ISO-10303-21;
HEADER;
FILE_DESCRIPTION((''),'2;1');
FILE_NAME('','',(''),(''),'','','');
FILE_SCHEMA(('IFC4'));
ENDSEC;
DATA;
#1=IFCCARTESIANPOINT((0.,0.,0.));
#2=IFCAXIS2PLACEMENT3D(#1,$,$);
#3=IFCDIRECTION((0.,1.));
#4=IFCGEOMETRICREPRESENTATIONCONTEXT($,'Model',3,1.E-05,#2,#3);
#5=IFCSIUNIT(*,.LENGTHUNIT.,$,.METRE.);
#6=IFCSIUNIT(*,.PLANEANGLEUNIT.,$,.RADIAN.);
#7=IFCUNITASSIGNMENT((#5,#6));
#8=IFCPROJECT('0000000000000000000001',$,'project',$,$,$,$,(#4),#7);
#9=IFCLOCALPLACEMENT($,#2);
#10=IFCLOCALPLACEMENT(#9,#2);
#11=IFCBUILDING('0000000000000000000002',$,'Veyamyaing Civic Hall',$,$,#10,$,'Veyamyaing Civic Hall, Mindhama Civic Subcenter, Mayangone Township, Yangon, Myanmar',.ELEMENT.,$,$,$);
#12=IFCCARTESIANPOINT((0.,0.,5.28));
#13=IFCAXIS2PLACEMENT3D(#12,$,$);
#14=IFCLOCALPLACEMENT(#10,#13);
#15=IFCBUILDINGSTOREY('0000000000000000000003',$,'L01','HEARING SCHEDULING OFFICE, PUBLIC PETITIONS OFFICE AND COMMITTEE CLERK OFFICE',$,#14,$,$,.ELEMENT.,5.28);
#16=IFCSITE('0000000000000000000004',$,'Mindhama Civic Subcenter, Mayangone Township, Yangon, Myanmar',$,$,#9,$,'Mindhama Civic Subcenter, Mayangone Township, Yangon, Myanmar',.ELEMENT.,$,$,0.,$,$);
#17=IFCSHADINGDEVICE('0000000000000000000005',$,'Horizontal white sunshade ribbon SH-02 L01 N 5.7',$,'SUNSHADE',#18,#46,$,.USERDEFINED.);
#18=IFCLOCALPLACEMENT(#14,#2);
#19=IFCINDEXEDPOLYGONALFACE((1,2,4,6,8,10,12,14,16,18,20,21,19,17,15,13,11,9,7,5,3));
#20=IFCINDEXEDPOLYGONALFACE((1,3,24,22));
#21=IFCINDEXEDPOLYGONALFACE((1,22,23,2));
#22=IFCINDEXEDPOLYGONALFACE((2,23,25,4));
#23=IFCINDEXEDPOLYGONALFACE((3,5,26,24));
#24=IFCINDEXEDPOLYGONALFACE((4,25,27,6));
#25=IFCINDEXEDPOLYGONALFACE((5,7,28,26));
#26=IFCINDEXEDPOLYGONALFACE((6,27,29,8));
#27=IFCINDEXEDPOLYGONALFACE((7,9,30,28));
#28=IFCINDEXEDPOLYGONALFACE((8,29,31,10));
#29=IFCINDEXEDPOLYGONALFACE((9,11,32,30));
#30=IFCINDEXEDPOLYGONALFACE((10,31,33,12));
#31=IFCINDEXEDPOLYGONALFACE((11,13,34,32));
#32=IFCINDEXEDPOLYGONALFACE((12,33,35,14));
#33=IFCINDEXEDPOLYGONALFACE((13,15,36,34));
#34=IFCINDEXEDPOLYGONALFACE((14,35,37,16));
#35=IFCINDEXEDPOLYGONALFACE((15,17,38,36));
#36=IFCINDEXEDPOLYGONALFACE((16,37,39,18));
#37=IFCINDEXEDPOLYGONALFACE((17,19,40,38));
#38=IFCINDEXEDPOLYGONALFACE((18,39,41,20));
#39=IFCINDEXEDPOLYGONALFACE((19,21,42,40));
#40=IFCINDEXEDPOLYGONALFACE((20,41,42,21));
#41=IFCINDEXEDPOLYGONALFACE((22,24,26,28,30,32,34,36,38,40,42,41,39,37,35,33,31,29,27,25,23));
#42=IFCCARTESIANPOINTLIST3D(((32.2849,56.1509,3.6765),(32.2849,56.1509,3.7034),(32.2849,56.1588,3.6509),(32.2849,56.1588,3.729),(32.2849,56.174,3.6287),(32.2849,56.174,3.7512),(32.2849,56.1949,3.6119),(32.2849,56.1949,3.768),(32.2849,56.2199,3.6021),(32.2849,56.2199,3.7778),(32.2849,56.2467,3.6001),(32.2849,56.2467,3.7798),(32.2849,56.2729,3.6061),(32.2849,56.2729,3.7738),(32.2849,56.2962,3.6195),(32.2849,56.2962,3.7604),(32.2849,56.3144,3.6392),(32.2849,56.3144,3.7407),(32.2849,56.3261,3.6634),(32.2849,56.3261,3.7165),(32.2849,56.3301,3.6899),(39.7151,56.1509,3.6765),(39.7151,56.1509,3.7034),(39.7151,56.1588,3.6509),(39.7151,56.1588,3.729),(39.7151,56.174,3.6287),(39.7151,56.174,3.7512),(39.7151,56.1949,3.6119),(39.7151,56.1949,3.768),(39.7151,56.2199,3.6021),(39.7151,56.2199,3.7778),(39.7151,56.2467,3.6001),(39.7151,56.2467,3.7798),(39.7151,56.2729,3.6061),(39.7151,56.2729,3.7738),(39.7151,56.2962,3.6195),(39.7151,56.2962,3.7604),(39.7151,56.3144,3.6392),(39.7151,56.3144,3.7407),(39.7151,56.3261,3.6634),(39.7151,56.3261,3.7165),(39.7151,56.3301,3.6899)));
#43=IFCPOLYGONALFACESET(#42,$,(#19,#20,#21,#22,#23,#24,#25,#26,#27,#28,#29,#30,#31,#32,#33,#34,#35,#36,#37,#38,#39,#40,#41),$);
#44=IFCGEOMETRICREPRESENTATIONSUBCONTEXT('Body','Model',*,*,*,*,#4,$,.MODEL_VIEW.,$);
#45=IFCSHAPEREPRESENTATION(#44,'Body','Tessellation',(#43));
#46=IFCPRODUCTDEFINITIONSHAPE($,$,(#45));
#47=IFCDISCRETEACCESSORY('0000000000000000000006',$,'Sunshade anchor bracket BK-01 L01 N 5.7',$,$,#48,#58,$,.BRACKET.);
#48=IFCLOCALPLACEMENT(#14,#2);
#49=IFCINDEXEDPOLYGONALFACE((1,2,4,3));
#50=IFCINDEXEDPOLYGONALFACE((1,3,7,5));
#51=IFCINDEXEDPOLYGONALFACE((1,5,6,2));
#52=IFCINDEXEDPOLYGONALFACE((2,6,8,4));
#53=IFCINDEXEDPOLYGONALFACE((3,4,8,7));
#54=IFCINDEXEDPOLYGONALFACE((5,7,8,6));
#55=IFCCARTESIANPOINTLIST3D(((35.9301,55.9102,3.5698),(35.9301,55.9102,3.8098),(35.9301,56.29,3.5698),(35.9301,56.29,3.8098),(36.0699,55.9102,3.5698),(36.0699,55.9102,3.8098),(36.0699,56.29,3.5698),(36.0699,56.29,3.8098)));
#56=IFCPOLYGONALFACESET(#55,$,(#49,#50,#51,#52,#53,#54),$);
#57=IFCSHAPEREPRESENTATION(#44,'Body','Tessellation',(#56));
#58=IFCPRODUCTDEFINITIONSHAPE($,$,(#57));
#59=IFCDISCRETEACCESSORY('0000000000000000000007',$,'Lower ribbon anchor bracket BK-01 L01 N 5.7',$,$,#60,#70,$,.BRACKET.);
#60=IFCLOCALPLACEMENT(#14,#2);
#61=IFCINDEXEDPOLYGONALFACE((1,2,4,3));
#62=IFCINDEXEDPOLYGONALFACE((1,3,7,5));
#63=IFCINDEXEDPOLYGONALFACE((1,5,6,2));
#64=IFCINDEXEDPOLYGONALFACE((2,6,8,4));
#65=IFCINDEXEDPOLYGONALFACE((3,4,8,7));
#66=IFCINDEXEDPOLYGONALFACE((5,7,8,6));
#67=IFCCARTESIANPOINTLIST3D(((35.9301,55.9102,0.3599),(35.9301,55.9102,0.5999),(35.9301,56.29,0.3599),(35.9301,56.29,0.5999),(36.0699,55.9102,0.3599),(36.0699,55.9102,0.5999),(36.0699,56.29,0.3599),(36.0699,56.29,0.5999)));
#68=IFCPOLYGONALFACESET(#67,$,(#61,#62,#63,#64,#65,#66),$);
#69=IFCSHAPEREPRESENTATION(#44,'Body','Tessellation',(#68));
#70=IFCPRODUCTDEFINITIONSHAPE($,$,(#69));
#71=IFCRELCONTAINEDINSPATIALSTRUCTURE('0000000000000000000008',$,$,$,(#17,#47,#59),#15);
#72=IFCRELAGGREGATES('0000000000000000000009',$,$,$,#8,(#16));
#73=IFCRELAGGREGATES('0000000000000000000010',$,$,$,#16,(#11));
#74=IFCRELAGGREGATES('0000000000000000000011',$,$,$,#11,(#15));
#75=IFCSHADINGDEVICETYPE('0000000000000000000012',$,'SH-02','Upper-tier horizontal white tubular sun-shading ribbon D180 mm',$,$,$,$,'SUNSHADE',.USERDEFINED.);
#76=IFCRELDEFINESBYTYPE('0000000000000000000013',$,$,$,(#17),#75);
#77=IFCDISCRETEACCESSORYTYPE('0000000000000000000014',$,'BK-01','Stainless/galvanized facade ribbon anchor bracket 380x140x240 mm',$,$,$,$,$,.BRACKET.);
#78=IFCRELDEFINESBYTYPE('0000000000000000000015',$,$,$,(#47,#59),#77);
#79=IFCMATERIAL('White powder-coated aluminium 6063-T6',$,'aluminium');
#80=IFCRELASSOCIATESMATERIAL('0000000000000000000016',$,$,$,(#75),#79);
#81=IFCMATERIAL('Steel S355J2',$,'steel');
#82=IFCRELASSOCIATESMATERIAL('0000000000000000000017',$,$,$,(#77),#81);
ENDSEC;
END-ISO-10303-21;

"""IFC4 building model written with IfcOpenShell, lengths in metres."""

from ifc_helpers import new_model, si_unit, direction, frame, origin, origin_2d, place, context, subcontext, project, spatial, rectangle, circle, extrude, material, material_profile, profile_set, type_object, element, save


model = new_model("IFC4")

# Units and contexts
model_context = context("Model", 3, precision=1e-05, world=origin(), true_north=direction((0.0, 1.0)))
body_context = subcontext(model_context, "Body", "Model", "MODEL_VIEW")
ifc_project = project(units=[si_unit("LENGTHUNIT", "METRE"), si_unit("PLANEANGLEUNIT", "RADIAN")], contexts=[model_context])

# Site, building, storey
site_placement = place(None, origin())
site = spatial("IfcSite", under=ifc_project, at=site_placement, Name="Mindhama Civic Subcenter, Mayangone Township, Yangon, Myanmar", LongName="Mindhama Civic Subcenter, Mayangone Township, Yangon, Myanmar", CompositionType="ELEMENT", RefElevation=0.0)
building_placement = place(site_placement, origin())
building = spatial("IfcBuilding", under=site, at=building_placement, Name="Veyamyaing Civic Hall", LongName="Veyamyaing Civic Hall, Mindhama Civic Subcenter, Mayangone Township, Yangon, Myanmar", CompositionType="ELEMENT")
storey_placement = place(building_placement, frame((0.0, 0.0, 5.28)))
storey = spatial("IfcBuildingStorey", under=building, at=storey_placement, Name="L01", Description="HEARING SCHEDULING OFFICE, PUBLIC PETITIONS OFFICE AND COMMITTEE CLERK OFFICE", CompositionType="ELEMENT", Elevation=5.28)

# Shared definitions
ifc_material_1 = material(Name="White powder-coated aluminium 6063-T6", Category="aluminium")

# Shading device
ifc_material_profile_1 = material_profile(ifc_material_1, circle(Radius=0.0901, at=origin_2d()), Name="SHADE-TUBE-180")
ifc_profile_set_1 = profile_set([ifc_material_profile_1], Name="White powder-coated aluminium 6063-T6")
shading_device_type = type_object("IfcShadingDeviceType", Name="SH-02", Description="Upper-tier horizontal white tubular sun-shading ribbon D180 mm", ElementType="SUNSHADE", PredefinedType="USERDEFINED", material=ifc_profile_set_1)
shading_device_placement = place(storey_placement, frame((32.2849, 56.24, 3.6899), z_axis=(1.0, 0.0, 0.0), x_axis=(0.0, 1.0, 0.0)))
element("IfcShadingDevice", 1, at=shading_device_placement, inside=storey, type_object=shading_device_type, Name="Horizontal white sunshade ribbon SH-02 L01 N 5.7", ObjectType="SUNSHADE", PredefinedType="USERDEFINED", context=body_context, shape_type="SweptSolid", body=[
    extrude(circle(Radius=0.0901, at=origin_2d()), origin(), (0.0, 0.0, 1.0), 7.4302),
])

# Discrete accessories
ifc_material_2 = material(Name="Steel S355J2", Category="steel")
discrete_accessory_type = type_object("IfcDiscreteAccessoryType", Name="BK-01", Description="Stainless/galvanized facade ribbon anchor bracket 380x140x240 mm", PredefinedType="BRACKET", material=ifc_material_2)
for number, where, z_axis, x_axis, name in (
    (2, (36.0, 56.1001, 3.5698), (0.0, 0.0, 1.0), (0.0, 1.0, 0.0), "Sunshade anchor bracket BK-01 L01 N 5.7"),
    (3, (36.0, 56.1001, 0.3599), (0.0, 0.0, 1.0), (0.0, 1.0, 0.0), "Lower ribbon anchor bracket BK-01 L01 N 5.7"),
):
    element("IfcDiscreteAccessory", number, at=place(storey_placement, frame(where, z_axis=z_axis, x_axis=x_axis)), inside=storey, type_object=discrete_accessory_type, Name=name, PredefinedType="BRACKET", context=body_context, shape_type="SweptSolid", body=[
        extrude(rectangle(XDim=0.3799, YDim=0.1399, at=origin_2d()), origin(), (0.0, 0.0, 1.0), 0.24),
    ])

save(model, "model.ifc")
